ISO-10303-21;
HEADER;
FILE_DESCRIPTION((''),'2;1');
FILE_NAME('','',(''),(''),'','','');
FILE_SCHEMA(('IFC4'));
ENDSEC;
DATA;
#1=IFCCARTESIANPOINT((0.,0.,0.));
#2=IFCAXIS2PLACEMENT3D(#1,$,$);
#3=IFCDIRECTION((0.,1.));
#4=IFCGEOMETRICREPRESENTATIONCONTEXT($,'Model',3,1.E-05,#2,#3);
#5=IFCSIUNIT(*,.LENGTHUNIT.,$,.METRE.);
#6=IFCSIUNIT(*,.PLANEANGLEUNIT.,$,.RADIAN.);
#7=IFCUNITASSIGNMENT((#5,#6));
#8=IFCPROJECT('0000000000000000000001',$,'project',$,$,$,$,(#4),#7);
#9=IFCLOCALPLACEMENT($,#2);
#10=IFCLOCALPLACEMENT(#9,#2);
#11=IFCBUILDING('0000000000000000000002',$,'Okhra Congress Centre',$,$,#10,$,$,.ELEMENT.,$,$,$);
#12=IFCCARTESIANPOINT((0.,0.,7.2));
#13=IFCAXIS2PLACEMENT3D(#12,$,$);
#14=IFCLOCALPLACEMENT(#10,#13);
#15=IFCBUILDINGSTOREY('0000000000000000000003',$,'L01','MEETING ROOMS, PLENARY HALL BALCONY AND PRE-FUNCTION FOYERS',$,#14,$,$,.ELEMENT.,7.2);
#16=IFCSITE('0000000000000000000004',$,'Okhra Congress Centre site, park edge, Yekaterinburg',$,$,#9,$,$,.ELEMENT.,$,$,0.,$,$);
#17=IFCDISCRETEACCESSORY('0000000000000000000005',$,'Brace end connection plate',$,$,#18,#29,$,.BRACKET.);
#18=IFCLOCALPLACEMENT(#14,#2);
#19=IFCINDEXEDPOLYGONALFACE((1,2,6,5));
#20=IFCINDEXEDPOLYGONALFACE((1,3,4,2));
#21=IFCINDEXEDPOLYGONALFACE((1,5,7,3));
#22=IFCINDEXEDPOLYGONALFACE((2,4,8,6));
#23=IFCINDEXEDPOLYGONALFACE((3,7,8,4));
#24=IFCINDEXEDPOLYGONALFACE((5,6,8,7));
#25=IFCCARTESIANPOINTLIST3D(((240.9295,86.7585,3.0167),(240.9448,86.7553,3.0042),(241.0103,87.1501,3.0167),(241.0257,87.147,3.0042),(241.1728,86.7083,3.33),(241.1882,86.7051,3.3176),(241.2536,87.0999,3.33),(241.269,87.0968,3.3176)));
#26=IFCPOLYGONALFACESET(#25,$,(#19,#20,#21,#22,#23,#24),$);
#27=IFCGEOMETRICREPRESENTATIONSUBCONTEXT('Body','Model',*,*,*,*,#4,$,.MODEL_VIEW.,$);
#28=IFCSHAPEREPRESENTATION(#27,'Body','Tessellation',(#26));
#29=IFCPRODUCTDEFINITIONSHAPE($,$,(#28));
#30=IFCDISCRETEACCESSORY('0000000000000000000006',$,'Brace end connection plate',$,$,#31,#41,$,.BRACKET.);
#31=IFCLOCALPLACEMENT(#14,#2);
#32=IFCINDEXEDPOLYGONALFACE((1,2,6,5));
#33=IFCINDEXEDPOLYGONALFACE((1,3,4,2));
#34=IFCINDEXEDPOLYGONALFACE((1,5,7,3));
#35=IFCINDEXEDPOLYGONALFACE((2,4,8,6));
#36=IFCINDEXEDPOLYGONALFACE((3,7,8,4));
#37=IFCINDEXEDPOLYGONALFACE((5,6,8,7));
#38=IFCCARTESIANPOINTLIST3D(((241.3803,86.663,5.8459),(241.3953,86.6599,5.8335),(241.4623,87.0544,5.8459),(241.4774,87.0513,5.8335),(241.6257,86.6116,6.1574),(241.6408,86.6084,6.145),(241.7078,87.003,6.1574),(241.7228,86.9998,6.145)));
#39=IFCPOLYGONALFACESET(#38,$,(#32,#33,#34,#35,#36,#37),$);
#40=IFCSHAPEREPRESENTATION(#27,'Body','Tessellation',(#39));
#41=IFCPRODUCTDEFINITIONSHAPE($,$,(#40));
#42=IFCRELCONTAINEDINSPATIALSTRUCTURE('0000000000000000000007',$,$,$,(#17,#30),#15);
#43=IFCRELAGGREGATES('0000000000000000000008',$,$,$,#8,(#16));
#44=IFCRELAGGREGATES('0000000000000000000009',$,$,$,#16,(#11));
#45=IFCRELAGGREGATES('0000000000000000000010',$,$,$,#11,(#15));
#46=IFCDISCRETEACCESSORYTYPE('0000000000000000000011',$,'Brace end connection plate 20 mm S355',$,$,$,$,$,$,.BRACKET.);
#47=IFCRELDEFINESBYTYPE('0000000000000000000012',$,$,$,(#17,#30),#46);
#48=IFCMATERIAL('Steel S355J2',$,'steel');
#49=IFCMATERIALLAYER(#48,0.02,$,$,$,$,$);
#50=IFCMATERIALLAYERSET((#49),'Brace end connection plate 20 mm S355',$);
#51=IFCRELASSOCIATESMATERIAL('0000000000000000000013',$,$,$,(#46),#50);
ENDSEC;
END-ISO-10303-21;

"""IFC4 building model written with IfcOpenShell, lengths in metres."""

from ifc_helpers import new_model, si_unit, direction, frame, origin, origin_2d, place, context, subcontext, project, spatial, rectangle, extrude, material, layer, layer_set, type_object, element, save


model = new_model("IFC4")

# Units and contexts
model_context = context("Model", 3, precision=1e-05, world=origin(), true_north=direction((0.0, 1.0)))
body_context = subcontext(model_context, "Body", "Model", "MODEL_VIEW")
ifc_project = project(units=[si_unit("LENGTHUNIT", "METRE"), si_unit("PLANEANGLEUNIT", "RADIAN")], contexts=[model_context])

# Site, building, storey
site_placement = place(None, origin())
site = spatial("IfcSite", under=ifc_project, at=site_placement, Name="Okhra Congress Centre site, park edge, Yekaterinburg", CompositionType="ELEMENT", RefElevation=0.0)
building_placement = place(site_placement, origin())
building = spatial("IfcBuilding", under=site, at=building_placement, Name="Okhra Congress Centre", CompositionType="ELEMENT")
storey_placement = place(building_placement, frame((0.0, 0.0, 7.2)))
storey = spatial("IfcBuildingStorey", under=building, at=storey_placement, Name="L01", Description="MEETING ROOMS, PLENARY HALL BALCONY AND PRE-FUNCTION FOYERS", CompositionType="ELEMENT", Elevation=7.2)

# Shared definitions
ifc_material_1 = material(Name="Steel S355J2", Category="steel")

# Discrete accessories
ifc_layer_1 = layer(ifc_material_1, 0.02)
ifc_layer_set_1 = layer_set([ifc_layer_1], Name="Brace end connection plate 20 mm S355")
discrete_accessory_type = type_object("IfcDiscreteAccessoryType", Name="Brace end connection plate 20 mm S355", PredefinedType="BRACKET", material=ifc_layer_set_1)
discrete_accessory_1_placement = place(storey_placement, frame((241.0916, 86.9292, 3.1733), z_axis=(0.767437, -0.15836, -0.621259), x_axis=(0.202092, 0.979367, 0.0)))
element("IfcDiscreteAccessory", 1, at=discrete_accessory_1_placement, inside=storey, type_object=discrete_accessory_type, Name="Brace end connection plate", PredefinedType="BRACKET", context=body_context, shape_type="SweptSolid", body=[
    extrude(rectangle(XDim=0.3999, YDim=0.3999, at=origin_2d()), origin(), (0.0, 0.0, 1.0), 0.02),
])
discrete_accessory_2_placement = place(storey_placement, frame((241.5591, 86.8298, 5.9893), z_axis=(-0.762359, 0.159849, 0.627102), x_axis=(-0.205215, -0.978717, 0.0)))
element("IfcDiscreteAccessory", 2, at=discrete_accessory_2_placement, inside=storey, type_object=discrete_accessory_type, Name="Brace end connection plate", PredefinedType="BRACKET", context=body_context, shape_type="SweptSolid", body=[
    extrude(rectangle(XDim=0.3999, YDim=0.3999, at=origin_2d()), origin(), (0.0, 0.0, 1.0), 0.0198),
])

save(model, "model.ifc")
